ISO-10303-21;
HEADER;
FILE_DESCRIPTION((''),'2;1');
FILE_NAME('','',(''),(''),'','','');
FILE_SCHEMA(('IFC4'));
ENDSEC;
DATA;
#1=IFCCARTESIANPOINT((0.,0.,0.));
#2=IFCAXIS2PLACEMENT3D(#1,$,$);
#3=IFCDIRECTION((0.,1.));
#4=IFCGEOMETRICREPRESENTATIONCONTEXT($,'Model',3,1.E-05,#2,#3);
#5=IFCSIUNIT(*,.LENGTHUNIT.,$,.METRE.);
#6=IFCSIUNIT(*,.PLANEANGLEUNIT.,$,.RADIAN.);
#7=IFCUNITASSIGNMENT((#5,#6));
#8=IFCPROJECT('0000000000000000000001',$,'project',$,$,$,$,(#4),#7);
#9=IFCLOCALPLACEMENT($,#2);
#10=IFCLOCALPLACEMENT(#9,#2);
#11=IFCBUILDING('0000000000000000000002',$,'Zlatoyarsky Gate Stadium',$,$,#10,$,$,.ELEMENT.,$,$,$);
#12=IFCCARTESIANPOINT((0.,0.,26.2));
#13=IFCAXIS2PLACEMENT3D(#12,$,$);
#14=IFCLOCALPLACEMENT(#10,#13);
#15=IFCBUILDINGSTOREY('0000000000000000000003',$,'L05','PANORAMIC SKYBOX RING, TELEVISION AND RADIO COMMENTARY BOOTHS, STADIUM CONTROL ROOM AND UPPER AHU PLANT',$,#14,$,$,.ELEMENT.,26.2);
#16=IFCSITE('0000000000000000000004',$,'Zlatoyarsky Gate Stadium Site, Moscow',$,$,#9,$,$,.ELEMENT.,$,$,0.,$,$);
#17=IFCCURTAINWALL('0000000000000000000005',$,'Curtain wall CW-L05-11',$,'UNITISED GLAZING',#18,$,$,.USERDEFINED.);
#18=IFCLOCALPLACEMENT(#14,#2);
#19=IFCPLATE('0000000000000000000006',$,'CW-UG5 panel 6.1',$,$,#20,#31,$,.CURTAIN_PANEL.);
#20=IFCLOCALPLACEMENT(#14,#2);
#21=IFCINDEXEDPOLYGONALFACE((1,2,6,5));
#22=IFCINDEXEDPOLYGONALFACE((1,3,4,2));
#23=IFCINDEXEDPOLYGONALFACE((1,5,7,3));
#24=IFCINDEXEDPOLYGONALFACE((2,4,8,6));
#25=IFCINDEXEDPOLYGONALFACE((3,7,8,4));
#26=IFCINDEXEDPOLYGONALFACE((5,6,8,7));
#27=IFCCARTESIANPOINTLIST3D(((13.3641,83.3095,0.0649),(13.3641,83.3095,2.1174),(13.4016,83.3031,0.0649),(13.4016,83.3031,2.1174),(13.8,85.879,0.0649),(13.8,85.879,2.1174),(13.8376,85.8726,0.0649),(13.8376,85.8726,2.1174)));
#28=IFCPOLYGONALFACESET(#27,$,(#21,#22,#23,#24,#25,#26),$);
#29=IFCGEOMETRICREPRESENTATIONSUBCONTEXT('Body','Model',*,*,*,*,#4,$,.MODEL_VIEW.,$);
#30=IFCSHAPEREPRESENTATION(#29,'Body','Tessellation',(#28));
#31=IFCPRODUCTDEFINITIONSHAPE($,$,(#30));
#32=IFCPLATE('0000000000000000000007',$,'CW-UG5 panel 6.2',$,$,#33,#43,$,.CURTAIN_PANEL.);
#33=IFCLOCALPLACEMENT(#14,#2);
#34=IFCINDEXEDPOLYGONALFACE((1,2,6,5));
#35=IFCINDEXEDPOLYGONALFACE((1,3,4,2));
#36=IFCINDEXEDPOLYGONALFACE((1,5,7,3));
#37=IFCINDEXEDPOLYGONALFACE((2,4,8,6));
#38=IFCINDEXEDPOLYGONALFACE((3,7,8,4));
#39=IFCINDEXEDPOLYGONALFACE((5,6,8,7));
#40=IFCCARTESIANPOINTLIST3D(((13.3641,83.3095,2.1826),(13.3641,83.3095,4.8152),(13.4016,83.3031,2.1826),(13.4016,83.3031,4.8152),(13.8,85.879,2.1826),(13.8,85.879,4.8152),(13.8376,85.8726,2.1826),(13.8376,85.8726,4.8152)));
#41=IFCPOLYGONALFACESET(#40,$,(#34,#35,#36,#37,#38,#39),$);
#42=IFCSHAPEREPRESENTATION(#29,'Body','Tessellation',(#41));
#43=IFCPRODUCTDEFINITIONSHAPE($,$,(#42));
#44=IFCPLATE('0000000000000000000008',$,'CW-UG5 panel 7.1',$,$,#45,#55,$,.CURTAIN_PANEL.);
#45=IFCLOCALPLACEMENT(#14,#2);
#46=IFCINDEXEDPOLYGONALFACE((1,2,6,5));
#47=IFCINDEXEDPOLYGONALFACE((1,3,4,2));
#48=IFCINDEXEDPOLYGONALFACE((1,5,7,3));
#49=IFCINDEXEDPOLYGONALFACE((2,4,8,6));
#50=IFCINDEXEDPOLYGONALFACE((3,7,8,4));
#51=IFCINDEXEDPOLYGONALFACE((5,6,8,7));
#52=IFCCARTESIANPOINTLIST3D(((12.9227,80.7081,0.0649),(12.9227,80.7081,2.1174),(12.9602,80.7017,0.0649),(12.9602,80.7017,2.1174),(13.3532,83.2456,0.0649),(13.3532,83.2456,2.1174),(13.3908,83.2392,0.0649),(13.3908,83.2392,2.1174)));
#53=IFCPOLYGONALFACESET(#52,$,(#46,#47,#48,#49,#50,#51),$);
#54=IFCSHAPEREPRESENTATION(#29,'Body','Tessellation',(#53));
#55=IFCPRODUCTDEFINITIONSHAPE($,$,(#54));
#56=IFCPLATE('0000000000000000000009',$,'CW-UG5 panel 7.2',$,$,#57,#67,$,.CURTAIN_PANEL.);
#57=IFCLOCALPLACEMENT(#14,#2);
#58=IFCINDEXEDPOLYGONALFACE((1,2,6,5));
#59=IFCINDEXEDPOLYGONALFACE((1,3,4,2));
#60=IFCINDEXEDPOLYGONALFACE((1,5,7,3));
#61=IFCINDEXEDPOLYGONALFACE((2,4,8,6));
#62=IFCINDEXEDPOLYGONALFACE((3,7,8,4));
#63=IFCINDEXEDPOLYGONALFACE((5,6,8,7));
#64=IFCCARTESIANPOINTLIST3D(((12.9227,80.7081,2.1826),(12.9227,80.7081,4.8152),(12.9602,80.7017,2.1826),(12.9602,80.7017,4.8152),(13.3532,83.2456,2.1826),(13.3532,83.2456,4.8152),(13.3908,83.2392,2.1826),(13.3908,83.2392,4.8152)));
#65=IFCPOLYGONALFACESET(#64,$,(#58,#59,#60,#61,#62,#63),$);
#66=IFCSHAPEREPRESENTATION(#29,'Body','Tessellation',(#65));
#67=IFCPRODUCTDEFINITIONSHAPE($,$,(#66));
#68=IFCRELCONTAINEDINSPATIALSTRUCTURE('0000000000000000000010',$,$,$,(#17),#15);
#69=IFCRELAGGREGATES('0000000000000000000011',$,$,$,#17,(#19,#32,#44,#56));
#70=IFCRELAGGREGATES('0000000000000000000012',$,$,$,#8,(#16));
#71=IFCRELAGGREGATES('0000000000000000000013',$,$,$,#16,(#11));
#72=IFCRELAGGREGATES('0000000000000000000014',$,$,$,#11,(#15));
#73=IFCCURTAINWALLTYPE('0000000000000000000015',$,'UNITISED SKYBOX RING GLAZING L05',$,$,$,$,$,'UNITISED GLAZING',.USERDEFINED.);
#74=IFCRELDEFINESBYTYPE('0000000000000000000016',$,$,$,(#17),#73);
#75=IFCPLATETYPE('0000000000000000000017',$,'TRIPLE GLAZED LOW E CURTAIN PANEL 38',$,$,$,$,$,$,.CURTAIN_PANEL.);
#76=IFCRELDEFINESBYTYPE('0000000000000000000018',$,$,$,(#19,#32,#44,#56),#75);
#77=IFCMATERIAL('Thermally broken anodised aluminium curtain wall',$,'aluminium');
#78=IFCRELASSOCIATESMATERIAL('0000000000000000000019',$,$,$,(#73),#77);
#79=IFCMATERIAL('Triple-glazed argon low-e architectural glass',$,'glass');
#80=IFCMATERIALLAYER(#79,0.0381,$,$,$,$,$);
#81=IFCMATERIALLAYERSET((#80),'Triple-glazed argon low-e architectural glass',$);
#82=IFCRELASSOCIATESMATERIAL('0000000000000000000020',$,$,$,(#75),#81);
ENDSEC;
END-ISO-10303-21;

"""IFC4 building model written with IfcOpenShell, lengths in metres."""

from ifc_helpers import new_model, si_unit, direction, frame, origin, origin_2d, place, context, subcontext, project, spatial, rectangle, extrude, material, layer, layer_set, type_object, element, aggregate, save


model = new_model("IFC4")

# Units and contexts
model_context = context("Model", 3, precision=1e-05, world=origin(), true_north=direction((0.0, 1.0)))
body_context = subcontext(model_context, "Body", "Model", "MODEL_VIEW")
ifc_project = project(units=[si_unit("LENGTHUNIT", "METRE"), si_unit("PLANEANGLEUNIT", "RADIAN")], contexts=[model_context])

# Site, building, storey
site_placement = place(None, origin())
site = spatial("IfcSite", under=ifc_project, at=site_placement, Name="Zlatoyarsky Gate Stadium Site, Moscow", CompositionType="ELEMENT", RefElevation=0.0)
building_placement = place(site_placement, origin())
building = spatial("IfcBuilding", under=site, at=building_placement, Name="Zlatoyarsky Gate Stadium", CompositionType="ELEMENT")
storey_placement = place(building_placement, frame((0.0, 0.0, 26.2)))
storey = spatial("IfcBuildingStorey", under=building, at=storey_placement, Name="L05", Description="PANORAMIC SKYBOX RING, TELEVISION AND RADIO COMMENTARY BOOTHS, STADIUM CONTROL ROOM AND UPPER AHU PLANT", CompositionType="ELEMENT", Elevation=26.2)

# Curtain wall
ifc_material_1 = material(Name="Thermally broken anodised aluminium curtain wall", Category="aluminium")
curtain_wall_type_1 = type_object("IfcCurtainWallType", Name="UNITISED SKYBOX RING GLAZING L05", ElementType="UNITISED GLAZING", PredefinedType="USERDEFINED", material=ifc_material_1)
curtain_wall_1_placement = place(storey_placement, origin())
curtain_wall_1 = element("IfcCurtainWall", 1, at=curtain_wall_1_placement, inside=storey, type_object=curtain_wall_type_1, Name="Curtain wall CW-L05-11", ObjectType="UNITISED GLAZING", PredefinedType="USERDEFINED")

# Shared definitions
ifc_material_2 = material(Name="Triple-glazed argon low-e architectural glass", Category="glass")

# Plates
ifc_layer_1 = layer(ifc_material_2, 0.0381)
ifc_layer_set_1 = layer_set([ifc_layer_1], Name="Triple-glazed argon low-e architectural glass")
plate_type_1 = type_object("IfcPlateType", Name="TRIPLE GLAZED LOW E CURTAIN PANEL 38", PredefinedType="CURTAIN_PANEL", material=ifc_layer_set_1)
plate_1_placement = place(storey_placement, frame((13.6008, 84.5911, 0.0649), z_axis=(0.0, 0.0, 1.0), x_axis=(-0.167284, -0.985909, 0.0)))
plate_1 = element("IfcPlate", 2, at=plate_1_placement, type_object=plate_type_1, Name="CW-UG5 panel 6.1", PredefinedType="CURTAIN_PANEL", context=body_context, shape_type="SweptSolid", body=[
    extrude(rectangle(XDim=2.6062, YDim=0.0381, at=origin_2d()), origin(), (0.0, 0.0, 1.0), 2.0525),
])
plate_2_placement = place(storey_placement, frame((13.6008, 84.5911, 2.1826), z_axis=(0.0, 0.0, 1.0), x_axis=(-0.167284, -0.985909, 0.0)))
plate_2 = element("IfcPlate", 3, at=plate_2_placement, type_object=plate_type_1, Name="CW-UG5 panel 6.2", PredefinedType="CURTAIN_PANEL", context=body_context, shape_type="SweptSolid", body=[
    extrude(rectangle(XDim=2.6062, YDim=0.0381, at=origin_2d()), origin(), (0.0, 0.0, 1.0), 2.6326),
])
plate_3_placement = place(storey_placement, frame((13.1567, 81.9736, 0.0649), z_axis=(0.0, 0.0, 1.0), x_axis=(-0.167284, -0.985909, 0.0)))
plate_3 = element("IfcPlate", 4, at=plate_3_placement, type_object=plate_type_1, Name="CW-UG5 panel 7.1", PredefinedType="CURTAIN_PANEL", context=body_context, shape_type="SweptSolid", body=[
    extrude(rectangle(XDim=2.5737, YDim=0.0381, at=origin_2d()), origin(), (0.0, 0.0, 1.0), 2.0525),
])
plate_4_placement = place(storey_placement, frame((13.1567, 81.9736, 2.1826), z_axis=(0.0, 0.0, 1.0), x_axis=(-0.167284, -0.985909, 0.0)))
plate_4 = element("IfcPlate", 5, at=plate_4_placement, type_object=plate_type_1, Name="CW-UG5 panel 7.2", PredefinedType="CURTAIN_PANEL", context=body_context, shape_type="SweptSolid", body=[
    extrude(rectangle(XDim=2.5737, YDim=0.0381, at=origin_2d()), origin(), (0.0, 0.0, 1.0), 2.6326),
])
aggregate(curtain_wall_1, [plate_1, plate_2, plate_3, plate_4])

save(model, "model.ifc")
